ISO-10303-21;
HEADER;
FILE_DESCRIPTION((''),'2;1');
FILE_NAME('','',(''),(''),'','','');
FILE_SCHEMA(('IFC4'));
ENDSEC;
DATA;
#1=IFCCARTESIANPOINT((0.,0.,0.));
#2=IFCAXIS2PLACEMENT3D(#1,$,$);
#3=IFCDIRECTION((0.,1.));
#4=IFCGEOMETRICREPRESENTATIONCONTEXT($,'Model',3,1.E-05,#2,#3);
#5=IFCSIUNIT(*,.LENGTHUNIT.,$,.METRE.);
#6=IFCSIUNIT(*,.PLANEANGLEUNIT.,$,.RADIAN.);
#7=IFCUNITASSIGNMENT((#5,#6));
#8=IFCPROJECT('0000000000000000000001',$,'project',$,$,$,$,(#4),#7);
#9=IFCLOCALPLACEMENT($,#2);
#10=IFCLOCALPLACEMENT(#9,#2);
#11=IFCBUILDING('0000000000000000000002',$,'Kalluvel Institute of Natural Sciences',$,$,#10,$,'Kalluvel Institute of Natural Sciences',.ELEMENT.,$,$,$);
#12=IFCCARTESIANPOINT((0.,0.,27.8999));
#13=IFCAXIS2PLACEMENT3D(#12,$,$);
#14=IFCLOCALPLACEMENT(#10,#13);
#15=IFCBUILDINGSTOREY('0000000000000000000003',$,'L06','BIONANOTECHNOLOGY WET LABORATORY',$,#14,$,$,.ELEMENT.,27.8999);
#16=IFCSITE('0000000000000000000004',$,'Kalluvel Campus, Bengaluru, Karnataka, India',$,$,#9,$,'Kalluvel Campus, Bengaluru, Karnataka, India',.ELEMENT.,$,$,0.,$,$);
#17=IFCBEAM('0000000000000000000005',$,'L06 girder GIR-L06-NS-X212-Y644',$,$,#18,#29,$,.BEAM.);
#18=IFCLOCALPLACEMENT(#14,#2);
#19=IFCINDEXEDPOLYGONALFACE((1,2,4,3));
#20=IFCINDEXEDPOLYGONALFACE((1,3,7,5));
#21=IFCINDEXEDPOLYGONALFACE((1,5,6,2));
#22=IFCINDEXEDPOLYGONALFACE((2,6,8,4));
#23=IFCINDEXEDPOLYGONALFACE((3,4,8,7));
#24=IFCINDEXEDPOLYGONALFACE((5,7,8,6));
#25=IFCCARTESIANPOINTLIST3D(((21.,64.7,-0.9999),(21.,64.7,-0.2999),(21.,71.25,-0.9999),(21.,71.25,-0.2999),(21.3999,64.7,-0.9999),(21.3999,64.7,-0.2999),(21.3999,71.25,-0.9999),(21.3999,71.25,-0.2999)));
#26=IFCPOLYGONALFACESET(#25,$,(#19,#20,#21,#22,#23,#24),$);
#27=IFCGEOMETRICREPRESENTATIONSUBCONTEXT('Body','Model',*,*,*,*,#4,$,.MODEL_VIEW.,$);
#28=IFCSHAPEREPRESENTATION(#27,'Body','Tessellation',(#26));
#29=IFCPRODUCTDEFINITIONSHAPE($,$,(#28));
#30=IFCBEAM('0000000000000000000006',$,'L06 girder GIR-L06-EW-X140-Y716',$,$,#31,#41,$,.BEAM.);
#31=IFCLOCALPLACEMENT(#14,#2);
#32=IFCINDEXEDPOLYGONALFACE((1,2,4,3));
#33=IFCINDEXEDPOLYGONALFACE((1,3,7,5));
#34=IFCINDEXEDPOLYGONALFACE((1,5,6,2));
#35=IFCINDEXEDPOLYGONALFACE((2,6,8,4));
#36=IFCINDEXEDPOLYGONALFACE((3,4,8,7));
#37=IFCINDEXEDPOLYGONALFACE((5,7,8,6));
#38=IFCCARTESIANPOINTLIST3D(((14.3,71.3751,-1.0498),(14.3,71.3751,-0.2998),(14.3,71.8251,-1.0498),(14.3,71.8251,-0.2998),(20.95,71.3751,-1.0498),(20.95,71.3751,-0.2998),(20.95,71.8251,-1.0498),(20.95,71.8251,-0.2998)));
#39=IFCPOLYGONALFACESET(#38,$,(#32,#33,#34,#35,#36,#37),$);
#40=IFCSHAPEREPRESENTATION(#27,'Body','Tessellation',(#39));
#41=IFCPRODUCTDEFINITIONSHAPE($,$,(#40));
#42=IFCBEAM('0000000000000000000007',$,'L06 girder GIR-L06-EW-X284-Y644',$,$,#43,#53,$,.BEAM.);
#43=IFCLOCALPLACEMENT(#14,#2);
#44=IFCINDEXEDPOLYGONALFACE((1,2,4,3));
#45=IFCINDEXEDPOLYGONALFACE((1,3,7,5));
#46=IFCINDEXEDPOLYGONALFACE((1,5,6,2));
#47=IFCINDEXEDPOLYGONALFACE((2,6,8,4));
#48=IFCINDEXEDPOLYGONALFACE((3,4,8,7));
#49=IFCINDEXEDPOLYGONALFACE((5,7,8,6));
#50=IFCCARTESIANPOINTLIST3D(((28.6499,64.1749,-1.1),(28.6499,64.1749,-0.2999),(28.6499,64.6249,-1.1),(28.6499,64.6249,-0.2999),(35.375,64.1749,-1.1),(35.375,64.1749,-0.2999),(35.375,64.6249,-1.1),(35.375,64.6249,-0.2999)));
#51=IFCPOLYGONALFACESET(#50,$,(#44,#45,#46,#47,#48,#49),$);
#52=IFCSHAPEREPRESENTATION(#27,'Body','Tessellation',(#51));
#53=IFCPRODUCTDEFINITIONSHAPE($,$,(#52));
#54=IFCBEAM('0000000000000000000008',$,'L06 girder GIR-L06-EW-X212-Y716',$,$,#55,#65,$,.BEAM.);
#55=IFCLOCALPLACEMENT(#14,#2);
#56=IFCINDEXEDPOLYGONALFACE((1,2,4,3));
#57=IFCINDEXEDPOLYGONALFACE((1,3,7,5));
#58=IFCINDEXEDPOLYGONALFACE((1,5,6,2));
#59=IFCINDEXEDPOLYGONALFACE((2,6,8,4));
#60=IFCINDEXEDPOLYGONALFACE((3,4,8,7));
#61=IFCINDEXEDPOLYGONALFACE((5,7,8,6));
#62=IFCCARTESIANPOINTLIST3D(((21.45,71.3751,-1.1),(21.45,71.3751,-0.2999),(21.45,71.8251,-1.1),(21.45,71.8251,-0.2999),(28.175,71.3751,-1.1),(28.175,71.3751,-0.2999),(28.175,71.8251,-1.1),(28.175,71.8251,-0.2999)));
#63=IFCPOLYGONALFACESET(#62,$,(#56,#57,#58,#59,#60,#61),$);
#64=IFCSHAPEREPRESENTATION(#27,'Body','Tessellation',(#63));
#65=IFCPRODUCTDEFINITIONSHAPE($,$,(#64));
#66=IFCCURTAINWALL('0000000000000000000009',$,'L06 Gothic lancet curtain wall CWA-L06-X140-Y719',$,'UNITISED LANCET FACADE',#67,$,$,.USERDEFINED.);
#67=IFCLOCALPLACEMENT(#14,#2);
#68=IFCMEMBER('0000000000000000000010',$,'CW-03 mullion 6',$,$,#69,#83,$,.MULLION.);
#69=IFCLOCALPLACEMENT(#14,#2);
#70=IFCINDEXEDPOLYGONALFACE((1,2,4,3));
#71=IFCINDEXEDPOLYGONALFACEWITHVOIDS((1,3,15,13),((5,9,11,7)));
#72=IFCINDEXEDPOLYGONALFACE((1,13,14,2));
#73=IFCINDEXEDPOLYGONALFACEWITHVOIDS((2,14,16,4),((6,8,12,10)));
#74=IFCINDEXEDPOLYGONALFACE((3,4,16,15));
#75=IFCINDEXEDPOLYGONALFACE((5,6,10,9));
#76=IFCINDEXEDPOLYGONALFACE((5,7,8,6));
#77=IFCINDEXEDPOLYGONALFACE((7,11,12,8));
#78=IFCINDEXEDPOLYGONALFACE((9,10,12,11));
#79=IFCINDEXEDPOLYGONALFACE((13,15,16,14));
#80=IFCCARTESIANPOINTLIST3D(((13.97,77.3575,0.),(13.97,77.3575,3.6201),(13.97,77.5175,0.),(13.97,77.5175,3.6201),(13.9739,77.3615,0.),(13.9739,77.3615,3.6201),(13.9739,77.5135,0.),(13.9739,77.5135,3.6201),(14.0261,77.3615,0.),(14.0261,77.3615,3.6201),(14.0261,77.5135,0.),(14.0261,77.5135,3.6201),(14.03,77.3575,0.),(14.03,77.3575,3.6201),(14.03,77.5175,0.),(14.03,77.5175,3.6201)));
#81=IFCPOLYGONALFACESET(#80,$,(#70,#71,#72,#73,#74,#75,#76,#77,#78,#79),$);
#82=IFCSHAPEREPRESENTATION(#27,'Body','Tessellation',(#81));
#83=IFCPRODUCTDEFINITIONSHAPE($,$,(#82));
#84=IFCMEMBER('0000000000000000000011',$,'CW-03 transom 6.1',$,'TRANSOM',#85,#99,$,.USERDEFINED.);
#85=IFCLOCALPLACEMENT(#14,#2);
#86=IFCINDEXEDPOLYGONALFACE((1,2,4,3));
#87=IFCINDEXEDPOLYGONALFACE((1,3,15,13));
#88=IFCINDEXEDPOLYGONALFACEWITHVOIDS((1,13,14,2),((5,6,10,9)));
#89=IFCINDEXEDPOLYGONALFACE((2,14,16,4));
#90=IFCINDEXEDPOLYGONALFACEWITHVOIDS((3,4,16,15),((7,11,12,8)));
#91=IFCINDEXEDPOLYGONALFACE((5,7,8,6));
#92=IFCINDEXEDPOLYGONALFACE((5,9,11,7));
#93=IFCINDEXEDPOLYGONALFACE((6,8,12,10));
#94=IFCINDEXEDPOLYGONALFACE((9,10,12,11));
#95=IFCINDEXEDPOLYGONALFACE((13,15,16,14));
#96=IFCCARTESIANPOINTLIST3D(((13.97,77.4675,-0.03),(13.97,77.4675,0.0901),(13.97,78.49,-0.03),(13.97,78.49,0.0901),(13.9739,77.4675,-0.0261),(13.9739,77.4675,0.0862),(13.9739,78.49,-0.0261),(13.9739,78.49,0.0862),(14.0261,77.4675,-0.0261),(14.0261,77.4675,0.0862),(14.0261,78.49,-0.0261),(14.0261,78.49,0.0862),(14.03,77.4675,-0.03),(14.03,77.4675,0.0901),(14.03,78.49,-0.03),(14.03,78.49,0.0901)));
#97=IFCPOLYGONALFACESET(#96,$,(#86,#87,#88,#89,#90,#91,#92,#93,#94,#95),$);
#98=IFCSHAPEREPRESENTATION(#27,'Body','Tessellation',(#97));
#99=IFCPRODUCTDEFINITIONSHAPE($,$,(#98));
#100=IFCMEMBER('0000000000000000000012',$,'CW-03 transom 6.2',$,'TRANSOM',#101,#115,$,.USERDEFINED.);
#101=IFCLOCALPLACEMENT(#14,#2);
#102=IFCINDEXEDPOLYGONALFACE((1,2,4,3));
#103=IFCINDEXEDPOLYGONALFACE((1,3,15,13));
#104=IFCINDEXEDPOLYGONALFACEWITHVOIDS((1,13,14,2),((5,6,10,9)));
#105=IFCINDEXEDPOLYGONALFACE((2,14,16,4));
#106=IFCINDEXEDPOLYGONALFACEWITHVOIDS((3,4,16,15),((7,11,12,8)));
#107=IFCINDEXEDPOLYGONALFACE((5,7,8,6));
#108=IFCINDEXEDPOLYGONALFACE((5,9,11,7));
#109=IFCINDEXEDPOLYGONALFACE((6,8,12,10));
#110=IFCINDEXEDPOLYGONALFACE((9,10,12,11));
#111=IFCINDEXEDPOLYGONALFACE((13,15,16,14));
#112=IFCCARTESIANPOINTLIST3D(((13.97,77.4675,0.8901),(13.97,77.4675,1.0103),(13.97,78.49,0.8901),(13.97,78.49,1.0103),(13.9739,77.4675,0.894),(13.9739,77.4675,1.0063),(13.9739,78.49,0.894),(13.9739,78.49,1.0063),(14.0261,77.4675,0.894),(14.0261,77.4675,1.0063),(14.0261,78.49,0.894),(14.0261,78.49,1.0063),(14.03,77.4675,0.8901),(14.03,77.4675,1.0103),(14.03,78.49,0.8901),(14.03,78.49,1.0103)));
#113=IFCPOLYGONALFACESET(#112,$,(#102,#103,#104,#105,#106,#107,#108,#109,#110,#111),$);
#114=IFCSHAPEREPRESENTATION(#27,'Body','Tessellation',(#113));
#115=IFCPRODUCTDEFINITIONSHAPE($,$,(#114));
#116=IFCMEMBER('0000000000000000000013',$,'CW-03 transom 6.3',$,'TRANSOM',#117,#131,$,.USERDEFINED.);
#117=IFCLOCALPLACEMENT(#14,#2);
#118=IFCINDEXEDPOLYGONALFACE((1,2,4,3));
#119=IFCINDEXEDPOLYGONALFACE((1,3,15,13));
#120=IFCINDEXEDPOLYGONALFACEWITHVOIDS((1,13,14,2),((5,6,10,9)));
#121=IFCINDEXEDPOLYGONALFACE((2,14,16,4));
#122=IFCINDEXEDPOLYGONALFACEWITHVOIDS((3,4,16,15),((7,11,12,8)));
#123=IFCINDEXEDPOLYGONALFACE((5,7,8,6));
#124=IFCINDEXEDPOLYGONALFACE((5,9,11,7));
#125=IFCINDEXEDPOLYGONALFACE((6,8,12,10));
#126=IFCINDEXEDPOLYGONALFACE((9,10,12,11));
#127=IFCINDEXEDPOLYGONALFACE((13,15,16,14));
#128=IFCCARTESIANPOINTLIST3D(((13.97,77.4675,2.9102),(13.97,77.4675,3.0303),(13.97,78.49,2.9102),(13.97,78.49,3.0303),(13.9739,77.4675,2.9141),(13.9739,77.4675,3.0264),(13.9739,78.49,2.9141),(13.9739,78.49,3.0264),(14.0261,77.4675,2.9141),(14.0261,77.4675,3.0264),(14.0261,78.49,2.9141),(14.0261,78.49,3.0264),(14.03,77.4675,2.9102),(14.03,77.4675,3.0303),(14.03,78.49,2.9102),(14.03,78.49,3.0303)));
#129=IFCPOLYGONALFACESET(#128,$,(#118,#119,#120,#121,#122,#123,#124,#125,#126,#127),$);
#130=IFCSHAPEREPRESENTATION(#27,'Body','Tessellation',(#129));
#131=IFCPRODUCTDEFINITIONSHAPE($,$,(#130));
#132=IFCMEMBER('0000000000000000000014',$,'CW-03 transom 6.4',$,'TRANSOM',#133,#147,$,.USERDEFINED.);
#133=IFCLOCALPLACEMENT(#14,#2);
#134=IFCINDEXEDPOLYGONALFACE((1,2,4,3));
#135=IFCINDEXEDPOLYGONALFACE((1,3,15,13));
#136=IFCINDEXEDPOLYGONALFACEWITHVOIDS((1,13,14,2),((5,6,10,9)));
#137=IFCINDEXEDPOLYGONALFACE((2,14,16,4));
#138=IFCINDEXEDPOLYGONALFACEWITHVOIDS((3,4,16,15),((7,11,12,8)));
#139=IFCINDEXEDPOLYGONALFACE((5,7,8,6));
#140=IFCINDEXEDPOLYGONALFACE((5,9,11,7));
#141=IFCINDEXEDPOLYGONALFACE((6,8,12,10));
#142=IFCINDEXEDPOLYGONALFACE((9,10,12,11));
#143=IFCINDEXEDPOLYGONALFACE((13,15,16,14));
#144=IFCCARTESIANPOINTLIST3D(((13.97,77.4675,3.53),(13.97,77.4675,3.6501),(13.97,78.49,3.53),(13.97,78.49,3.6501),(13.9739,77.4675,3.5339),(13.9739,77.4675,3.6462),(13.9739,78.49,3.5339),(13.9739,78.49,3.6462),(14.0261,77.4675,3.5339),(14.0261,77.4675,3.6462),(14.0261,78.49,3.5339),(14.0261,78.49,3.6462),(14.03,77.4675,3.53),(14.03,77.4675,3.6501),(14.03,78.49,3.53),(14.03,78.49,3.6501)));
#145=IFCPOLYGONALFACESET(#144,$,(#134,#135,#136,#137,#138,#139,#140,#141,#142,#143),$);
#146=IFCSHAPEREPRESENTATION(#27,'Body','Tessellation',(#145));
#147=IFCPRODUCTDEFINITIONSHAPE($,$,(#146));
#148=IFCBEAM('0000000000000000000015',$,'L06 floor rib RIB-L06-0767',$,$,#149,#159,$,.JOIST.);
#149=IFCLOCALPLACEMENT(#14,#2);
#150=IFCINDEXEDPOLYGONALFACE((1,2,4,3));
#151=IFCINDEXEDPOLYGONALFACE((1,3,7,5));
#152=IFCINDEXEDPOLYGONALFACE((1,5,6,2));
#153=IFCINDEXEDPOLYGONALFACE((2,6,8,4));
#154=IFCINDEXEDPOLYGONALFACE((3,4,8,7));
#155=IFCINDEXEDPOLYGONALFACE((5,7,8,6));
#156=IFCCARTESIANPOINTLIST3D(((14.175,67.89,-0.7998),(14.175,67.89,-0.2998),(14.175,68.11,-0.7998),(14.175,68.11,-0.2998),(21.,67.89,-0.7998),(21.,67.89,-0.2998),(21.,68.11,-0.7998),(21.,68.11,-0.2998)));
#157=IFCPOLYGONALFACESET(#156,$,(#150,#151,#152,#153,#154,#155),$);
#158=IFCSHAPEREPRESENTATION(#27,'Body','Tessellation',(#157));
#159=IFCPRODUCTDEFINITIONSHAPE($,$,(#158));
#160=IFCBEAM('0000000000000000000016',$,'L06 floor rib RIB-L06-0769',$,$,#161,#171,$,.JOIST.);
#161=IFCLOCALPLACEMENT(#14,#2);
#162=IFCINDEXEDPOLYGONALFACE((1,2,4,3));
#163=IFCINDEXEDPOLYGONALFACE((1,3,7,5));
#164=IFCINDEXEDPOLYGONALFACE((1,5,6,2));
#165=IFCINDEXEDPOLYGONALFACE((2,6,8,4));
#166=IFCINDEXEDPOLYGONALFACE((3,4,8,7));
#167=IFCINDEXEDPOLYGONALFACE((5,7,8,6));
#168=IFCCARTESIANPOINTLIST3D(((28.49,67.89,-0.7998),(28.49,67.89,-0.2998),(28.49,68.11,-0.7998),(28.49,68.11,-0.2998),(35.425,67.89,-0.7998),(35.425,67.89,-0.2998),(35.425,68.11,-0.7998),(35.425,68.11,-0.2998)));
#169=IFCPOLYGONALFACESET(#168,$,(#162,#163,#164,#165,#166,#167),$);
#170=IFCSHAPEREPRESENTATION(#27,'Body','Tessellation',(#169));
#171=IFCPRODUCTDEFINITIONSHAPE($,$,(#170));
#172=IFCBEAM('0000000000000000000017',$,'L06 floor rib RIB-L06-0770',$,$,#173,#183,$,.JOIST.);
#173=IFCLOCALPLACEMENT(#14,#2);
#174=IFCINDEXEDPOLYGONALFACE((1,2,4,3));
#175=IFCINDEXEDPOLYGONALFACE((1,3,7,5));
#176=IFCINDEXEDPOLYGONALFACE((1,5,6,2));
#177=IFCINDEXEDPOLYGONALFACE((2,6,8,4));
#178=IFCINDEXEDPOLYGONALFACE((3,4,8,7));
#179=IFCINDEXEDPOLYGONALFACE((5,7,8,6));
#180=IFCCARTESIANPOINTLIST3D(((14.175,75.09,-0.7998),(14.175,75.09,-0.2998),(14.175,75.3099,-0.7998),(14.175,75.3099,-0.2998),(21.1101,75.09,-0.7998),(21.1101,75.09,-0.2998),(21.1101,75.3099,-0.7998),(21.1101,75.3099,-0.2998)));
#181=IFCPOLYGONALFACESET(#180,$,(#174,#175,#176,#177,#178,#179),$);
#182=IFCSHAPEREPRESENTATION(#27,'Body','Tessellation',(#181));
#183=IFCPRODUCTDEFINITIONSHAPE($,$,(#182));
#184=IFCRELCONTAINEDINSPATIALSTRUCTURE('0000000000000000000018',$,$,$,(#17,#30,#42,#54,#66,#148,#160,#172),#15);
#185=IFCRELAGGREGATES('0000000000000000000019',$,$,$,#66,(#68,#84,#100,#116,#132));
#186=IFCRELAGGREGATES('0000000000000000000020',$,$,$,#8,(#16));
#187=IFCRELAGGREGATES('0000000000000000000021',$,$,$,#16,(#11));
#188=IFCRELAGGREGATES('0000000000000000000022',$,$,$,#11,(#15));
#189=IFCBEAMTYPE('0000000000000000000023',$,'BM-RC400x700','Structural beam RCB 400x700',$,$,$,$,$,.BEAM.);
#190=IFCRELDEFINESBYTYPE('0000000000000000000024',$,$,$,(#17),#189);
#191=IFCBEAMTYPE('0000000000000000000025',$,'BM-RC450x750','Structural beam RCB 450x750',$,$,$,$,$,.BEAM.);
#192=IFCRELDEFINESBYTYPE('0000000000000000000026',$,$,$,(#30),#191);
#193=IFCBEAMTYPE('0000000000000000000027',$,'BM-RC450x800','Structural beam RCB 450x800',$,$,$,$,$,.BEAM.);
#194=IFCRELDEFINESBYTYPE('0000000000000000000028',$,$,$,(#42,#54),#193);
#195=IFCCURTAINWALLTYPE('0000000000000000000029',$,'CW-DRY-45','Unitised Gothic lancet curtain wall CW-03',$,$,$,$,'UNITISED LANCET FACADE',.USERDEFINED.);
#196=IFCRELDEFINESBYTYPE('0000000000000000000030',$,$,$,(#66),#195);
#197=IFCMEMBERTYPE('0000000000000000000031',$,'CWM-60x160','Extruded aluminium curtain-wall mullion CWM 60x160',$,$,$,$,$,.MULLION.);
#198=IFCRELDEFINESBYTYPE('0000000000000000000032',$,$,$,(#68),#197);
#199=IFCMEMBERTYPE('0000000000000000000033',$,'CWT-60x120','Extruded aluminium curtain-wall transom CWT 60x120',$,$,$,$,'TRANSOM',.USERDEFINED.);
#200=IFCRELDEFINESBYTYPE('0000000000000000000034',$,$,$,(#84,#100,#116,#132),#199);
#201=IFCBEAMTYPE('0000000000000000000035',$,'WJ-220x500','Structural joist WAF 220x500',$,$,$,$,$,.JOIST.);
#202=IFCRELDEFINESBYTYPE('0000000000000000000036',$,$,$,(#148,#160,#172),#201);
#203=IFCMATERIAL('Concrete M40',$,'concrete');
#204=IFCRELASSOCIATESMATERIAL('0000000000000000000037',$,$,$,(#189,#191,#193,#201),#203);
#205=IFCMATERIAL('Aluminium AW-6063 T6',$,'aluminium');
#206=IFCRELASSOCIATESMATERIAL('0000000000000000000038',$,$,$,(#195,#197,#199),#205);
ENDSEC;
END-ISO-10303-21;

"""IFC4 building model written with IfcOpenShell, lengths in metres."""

from ifc_helpers import new_model, si_unit, direction, frame, origin, origin_2d, place, context, subcontext, project, spatial, rectangle, hollow_rectangle, extrude, material, material_profile, profile_set, type_object, element, aggregate, save


model = new_model("IFC4")

# Units and contexts
model_context = context("Model", 3, precision=1e-05, world=origin(), true_north=direction((0.0, 1.0)))
body_context = subcontext(model_context, "Body", "Model", "MODEL_VIEW")
ifc_project = project(units=[si_unit("LENGTHUNIT", "METRE"), si_unit("PLANEANGLEUNIT", "RADIAN")], contexts=[model_context])

# Site, building, storey
site_placement = place(None, origin())
site = spatial("IfcSite", under=ifc_project, at=site_placement, Name="Kalluvel Campus, Bengaluru, Karnataka, India", LongName="Kalluvel Campus, Bengaluru, Karnataka, India", CompositionType="ELEMENT", RefElevation=0.0)
building_placement = place(site_placement, origin())
building = spatial("IfcBuilding", under=site, at=building_placement, Name="Kalluvel Institute of Natural Sciences", LongName="Kalluvel Institute of Natural Sciences", CompositionType="ELEMENT")
storey_placement = place(building_placement, frame((0.0, 0.0, 27.8999)))
storey = spatial("IfcBuildingStorey", under=building, at=storey_placement, Name="L06", Description="BIONANOTECHNOLOGY WET LABORATORY", CompositionType="ELEMENT", Elevation=27.8999)

# Shared definitions
ifc_material_1 = material(Name="Concrete M40", Category="concrete")

# Beams
ifc_material_profile_1 = material_profile(ifc_material_1, rectangle(XDim=0.3999, YDim=0.7, at=origin_2d()), Name="RCB 400x700")
ifc_profile_set_1 = profile_set([ifc_material_profile_1], Name="Concrete M40")
beam_type_1 = type_object("IfcBeamType", Name="BM-RC400x700", Description="Structural beam RCB 400x700", PredefinedType="BEAM", material=ifc_profile_set_1)
beam_1_placement = place(storey_placement, frame((21.2, 64.7, -0.6499), z_axis=(0.0, 1.0, 0.0), x_axis=(-1.0, 0.0, 0.0)))
element("IfcBeam", 1, at=beam_1_placement, inside=storey, type_object=beam_type_1, Name="L06 girder GIR-L06-NS-X212-Y644", PredefinedType="BEAM", context=body_context, shape_type="SweptSolid", body=[
    extrude(rectangle(XDim=0.3999, YDim=0.7, at=origin_2d()), origin(), (0.0, 0.0, 1.0), 6.55),
])
ifc_material_profile_2 = material_profile(ifc_material_1, rectangle(XDim=0.45, YDim=0.75, at=origin_2d()), Name="RCB 450x750")
ifc_profile_set_2 = profile_set([ifc_material_profile_2], Name="Concrete M40")
beam_type_2 = type_object("IfcBeamType", Name="BM-RC450x750", Description="Structural beam RCB 450x750", PredefinedType="BEAM", material=ifc_profile_set_2)
beam_2_placement = place(storey_placement, frame((14.3, 71.6001, -0.6748), z_axis=(1.0, 0.0, 0.0), x_axis=(0.0, 1.0, 0.0)))
element("IfcBeam", 2, at=beam_2_placement, inside=storey, type_object=beam_type_2, Name="L06 girder GIR-L06-EW-X140-Y716", PredefinedType="BEAM", context=body_context, shape_type="SweptSolid", body=[
    extrude(rectangle(XDim=0.45, YDim=0.75, at=origin_2d()), origin(), (0.0, 0.0, 1.0), 6.6499),
])
ifc_material_profile_3 = material_profile(ifc_material_1, rectangle(XDim=0.45, YDim=0.8, at=origin_2d()), Name="RCB 450x800")
ifc_profile_set_3 = profile_set([ifc_material_profile_3], Name="Concrete M40")
beam_type_3 = type_object("IfcBeamType", Name="BM-RC450x800", Description="Structural beam RCB 450x800", PredefinedType="BEAM", material=ifc_profile_set_3)
for number, where, z_axis, x_axis, name in (
    (3, (28.6499, 64.3999, -0.7), (1.0, 0.0, 0.0), (0.0, 1.0, 0.0), "L06 girder GIR-L06-EW-X284-Y644"),
    (4, (21.45, 71.6001, -0.7), (1.0, 0.0, 0.0), (0.0, 1.0, 0.0), "L06 girder GIR-L06-EW-X212-Y716"),
):
    element("IfcBeam", number, at=place(storey_placement, frame(where, z_axis=z_axis, x_axis=x_axis)), inside=storey, type_object=beam_type_3, Name=name, PredefinedType="BEAM", context=body_context, shape_type="SweptSolid", body=[
        extrude(rectangle(XDim=0.45, YDim=0.8, at=origin_2d()), origin(), (0.0, 0.0, 1.0), 6.7251),
    ])

# Curtain wall, members
ifc_material_2 = material(Name="Aluminium AW-6063 T6", Category="aluminium")
curtain_wall_type = type_object("IfcCurtainWallType", Name="CW-DRY-45", Description="Unitised Gothic lancet curtain wall CW-03", ElementType="UNITISED LANCET FACADE", PredefinedType="USERDEFINED", material=ifc_material_2)
curtain_wall_placement = place(storey_placement, origin())
curtain_wall = element("IfcCurtainWall", 5, at=curtain_wall_placement, inside=storey, type_object=curtain_wall_type, Name="L06 Gothic lancet curtain wall CWA-L06-X140-Y719", ObjectType="UNITISED LANCET FACADE", PredefinedType="USERDEFINED")
ifc_material_profile_4 = material_profile(ifc_material_2, hollow_rectangle(XDim=0.0601, YDim=0.1599, WallThickness=0.0039, at=origin_2d()), Name="CWM 60x160")
ifc_profile_set_4 = profile_set([ifc_material_profile_4], Name="Aluminium AW-6063 T6")
member_type_1 = type_object("IfcMemberType", Name="CWM-60x160", Description="Extruded aluminium curtain-wall mullion CWM 60x160", PredefinedType="MULLION", material=ifc_profile_set_4)
member_1_placement = place(storey_placement, frame((14.0, 77.4375, 0.0), z_axis=(0.0, 0.0, 1.0), x_axis=(-1.0, 0.0, 0.0)))
member_1 = element("IfcMember", 6, at=member_1_placement, type_object=member_type_1, Name="CW-03 mullion 6", PredefinedType="MULLION", context=body_context, shape_type="SweptSolid", body=[
    extrude(hollow_rectangle(XDim=0.0601, YDim=0.1599, WallThickness=0.0039, at=origin_2d()), origin(), (0.0, 0.0, 1.0), 3.6201),
])
ifc_material_profile_5 = material_profile(ifc_material_2, hollow_rectangle(XDim=0.0601, YDim=0.1201, WallThickness=0.0039, at=origin_2d()), Name="CWT 60x120")
ifc_profile_set_5 = profile_set([ifc_material_profile_5], Name="Aluminium AW-6063 T6")
member_type_2 = type_object("IfcMemberType", Name="CWT-60x120", Description="Extruded aluminium curtain-wall transom CWT 60x120", ElementType="TRANSOM", PredefinedType="USERDEFINED", material=ifc_profile_set_5)
member_2_placement = place(storey_placement, frame((14.0, 77.4675, 0.03), z_axis=(0.0, 1.0, 0.0), x_axis=(-1.0, 0.0, 0.0)))
member_2 = element("IfcMember", 7, at=member_2_placement, type_object=member_type_2, Name="CW-03 transom 6.1", ObjectType="TRANSOM", PredefinedType="USERDEFINED", context=body_context, shape_type="SweptSolid", body=[
    extrude(hollow_rectangle(XDim=0.0601, YDim=0.1201, WallThickness=0.0039, at=origin_2d()), origin(), (0.0, 0.0, 1.0), 1.0225),
])
member_3_placement = place(storey_placement, frame((14.0, 77.4675, 0.9502), z_axis=(0.0, 1.0, 0.0), x_axis=(-1.0, 0.0, 0.0)))
member_3 = element("IfcMember", 8, at=member_3_placement, type_object=member_type_2, Name="CW-03 transom 6.2", ObjectType="TRANSOM", PredefinedType="USERDEFINED", context=body_context, shape_type="SweptSolid", body=[
    extrude(hollow_rectangle(XDim=0.0601, YDim=0.1201, WallThickness=0.0039, at=origin_2d()), origin(), (0.0, 0.0, 1.0), 1.0225),
])
member_4_placement = place(storey_placement, frame((14.0, 77.4675, 2.9702), z_axis=(0.0, 1.0, 0.0), x_axis=(-1.0, 0.0, 0.0)))
member_4 = element("IfcMember", 9, at=member_4_placement, type_object=member_type_2, Name="CW-03 transom 6.3", ObjectType="TRANSOM", PredefinedType="USERDEFINED", context=body_context, shape_type="SweptSolid", body=[
    extrude(hollow_rectangle(XDim=0.0601, YDim=0.1201, WallThickness=0.0039, at=origin_2d()), origin(), (0.0, 0.0, 1.0), 1.0225),
])
member_5_placement = place(storey_placement, frame((14.0, 77.4675, 3.5901), z_axis=(0.0, 1.0, 0.0), x_axis=(-1.0, 0.0, 0.0)))
member_5 = element("IfcMember", 10, at=member_5_placement, type_object=member_type_2, Name="CW-03 transom 6.4", ObjectType="TRANSOM", PredefinedType="USERDEFINED", context=body_context, shape_type="SweptSolid", body=[
    extrude(hollow_rectangle(XDim=0.0601, YDim=0.1201, WallThickness=0.0039, at=origin_2d()), origin(), (0.0, 0.0, 1.0), 1.0225),
])
aggregate(curtain_wall, [member_1, member_2, member_3, member_4, member_5])

# Beams
ifc_material_profile_6 = material_profile(ifc_material_1, rectangle(XDim=0.22, YDim=0.5, at=origin_2d()), Name="WAF 220x500")
ifc_profile_set_6 = profile_set([ifc_material_profile_6], Name="Concrete M40")
beam_type_4 = type_object("IfcBeamType", Name="WJ-220x500", Description="Structural joist WAF 220x500", PredefinedType="JOIST", material=ifc_profile_set_6)
beam_3_placement = place(storey_placement, frame((14.175, 68.0, -0.5498), z_axis=(1.0, 0.0, 0.0), x_axis=(0.0, 1.0, 0.0)))
element("IfcBeam", 11, at=beam_3_placement, inside=storey, type_object=beam_type_4, Name="L06 floor rib RIB-L06-0767", PredefinedType="JOIST", context=body_context, shape_type="SweptSolid", body=[
    extrude(rectangle(XDim=0.22, YDim=0.5, at=origin_2d()), origin(), (0.0, 0.0, 1.0), 6.825),
])
for number, where, z_axis, x_axis, name in (
    (12, (28.49, 68.0, -0.5498), (1.0, 0.0, 0.0), (0.0, 1.0, 0.0), "L06 floor rib RIB-L06-0769"),
    (13, (14.175, 75.2, -0.5498), (1.0, 0.0, 0.0), (0.0, 1.0, 0.0), "L06 floor rib RIB-L06-0770"),
):
    element("IfcBeam", number, at=place(storey_placement, frame(where, z_axis=z_axis, x_axis=x_axis)), inside=storey, type_object=beam_type_4, Name=name, PredefinedType="JOIST", context=body_context, shape_type="SweptSolid", body=[
        extrude(rectangle(XDim=0.22, YDim=0.5, at=origin_2d()), origin(), (0.0, 0.0, 1.0), 6.9351),
    ])

save(model, "model.ifc")
